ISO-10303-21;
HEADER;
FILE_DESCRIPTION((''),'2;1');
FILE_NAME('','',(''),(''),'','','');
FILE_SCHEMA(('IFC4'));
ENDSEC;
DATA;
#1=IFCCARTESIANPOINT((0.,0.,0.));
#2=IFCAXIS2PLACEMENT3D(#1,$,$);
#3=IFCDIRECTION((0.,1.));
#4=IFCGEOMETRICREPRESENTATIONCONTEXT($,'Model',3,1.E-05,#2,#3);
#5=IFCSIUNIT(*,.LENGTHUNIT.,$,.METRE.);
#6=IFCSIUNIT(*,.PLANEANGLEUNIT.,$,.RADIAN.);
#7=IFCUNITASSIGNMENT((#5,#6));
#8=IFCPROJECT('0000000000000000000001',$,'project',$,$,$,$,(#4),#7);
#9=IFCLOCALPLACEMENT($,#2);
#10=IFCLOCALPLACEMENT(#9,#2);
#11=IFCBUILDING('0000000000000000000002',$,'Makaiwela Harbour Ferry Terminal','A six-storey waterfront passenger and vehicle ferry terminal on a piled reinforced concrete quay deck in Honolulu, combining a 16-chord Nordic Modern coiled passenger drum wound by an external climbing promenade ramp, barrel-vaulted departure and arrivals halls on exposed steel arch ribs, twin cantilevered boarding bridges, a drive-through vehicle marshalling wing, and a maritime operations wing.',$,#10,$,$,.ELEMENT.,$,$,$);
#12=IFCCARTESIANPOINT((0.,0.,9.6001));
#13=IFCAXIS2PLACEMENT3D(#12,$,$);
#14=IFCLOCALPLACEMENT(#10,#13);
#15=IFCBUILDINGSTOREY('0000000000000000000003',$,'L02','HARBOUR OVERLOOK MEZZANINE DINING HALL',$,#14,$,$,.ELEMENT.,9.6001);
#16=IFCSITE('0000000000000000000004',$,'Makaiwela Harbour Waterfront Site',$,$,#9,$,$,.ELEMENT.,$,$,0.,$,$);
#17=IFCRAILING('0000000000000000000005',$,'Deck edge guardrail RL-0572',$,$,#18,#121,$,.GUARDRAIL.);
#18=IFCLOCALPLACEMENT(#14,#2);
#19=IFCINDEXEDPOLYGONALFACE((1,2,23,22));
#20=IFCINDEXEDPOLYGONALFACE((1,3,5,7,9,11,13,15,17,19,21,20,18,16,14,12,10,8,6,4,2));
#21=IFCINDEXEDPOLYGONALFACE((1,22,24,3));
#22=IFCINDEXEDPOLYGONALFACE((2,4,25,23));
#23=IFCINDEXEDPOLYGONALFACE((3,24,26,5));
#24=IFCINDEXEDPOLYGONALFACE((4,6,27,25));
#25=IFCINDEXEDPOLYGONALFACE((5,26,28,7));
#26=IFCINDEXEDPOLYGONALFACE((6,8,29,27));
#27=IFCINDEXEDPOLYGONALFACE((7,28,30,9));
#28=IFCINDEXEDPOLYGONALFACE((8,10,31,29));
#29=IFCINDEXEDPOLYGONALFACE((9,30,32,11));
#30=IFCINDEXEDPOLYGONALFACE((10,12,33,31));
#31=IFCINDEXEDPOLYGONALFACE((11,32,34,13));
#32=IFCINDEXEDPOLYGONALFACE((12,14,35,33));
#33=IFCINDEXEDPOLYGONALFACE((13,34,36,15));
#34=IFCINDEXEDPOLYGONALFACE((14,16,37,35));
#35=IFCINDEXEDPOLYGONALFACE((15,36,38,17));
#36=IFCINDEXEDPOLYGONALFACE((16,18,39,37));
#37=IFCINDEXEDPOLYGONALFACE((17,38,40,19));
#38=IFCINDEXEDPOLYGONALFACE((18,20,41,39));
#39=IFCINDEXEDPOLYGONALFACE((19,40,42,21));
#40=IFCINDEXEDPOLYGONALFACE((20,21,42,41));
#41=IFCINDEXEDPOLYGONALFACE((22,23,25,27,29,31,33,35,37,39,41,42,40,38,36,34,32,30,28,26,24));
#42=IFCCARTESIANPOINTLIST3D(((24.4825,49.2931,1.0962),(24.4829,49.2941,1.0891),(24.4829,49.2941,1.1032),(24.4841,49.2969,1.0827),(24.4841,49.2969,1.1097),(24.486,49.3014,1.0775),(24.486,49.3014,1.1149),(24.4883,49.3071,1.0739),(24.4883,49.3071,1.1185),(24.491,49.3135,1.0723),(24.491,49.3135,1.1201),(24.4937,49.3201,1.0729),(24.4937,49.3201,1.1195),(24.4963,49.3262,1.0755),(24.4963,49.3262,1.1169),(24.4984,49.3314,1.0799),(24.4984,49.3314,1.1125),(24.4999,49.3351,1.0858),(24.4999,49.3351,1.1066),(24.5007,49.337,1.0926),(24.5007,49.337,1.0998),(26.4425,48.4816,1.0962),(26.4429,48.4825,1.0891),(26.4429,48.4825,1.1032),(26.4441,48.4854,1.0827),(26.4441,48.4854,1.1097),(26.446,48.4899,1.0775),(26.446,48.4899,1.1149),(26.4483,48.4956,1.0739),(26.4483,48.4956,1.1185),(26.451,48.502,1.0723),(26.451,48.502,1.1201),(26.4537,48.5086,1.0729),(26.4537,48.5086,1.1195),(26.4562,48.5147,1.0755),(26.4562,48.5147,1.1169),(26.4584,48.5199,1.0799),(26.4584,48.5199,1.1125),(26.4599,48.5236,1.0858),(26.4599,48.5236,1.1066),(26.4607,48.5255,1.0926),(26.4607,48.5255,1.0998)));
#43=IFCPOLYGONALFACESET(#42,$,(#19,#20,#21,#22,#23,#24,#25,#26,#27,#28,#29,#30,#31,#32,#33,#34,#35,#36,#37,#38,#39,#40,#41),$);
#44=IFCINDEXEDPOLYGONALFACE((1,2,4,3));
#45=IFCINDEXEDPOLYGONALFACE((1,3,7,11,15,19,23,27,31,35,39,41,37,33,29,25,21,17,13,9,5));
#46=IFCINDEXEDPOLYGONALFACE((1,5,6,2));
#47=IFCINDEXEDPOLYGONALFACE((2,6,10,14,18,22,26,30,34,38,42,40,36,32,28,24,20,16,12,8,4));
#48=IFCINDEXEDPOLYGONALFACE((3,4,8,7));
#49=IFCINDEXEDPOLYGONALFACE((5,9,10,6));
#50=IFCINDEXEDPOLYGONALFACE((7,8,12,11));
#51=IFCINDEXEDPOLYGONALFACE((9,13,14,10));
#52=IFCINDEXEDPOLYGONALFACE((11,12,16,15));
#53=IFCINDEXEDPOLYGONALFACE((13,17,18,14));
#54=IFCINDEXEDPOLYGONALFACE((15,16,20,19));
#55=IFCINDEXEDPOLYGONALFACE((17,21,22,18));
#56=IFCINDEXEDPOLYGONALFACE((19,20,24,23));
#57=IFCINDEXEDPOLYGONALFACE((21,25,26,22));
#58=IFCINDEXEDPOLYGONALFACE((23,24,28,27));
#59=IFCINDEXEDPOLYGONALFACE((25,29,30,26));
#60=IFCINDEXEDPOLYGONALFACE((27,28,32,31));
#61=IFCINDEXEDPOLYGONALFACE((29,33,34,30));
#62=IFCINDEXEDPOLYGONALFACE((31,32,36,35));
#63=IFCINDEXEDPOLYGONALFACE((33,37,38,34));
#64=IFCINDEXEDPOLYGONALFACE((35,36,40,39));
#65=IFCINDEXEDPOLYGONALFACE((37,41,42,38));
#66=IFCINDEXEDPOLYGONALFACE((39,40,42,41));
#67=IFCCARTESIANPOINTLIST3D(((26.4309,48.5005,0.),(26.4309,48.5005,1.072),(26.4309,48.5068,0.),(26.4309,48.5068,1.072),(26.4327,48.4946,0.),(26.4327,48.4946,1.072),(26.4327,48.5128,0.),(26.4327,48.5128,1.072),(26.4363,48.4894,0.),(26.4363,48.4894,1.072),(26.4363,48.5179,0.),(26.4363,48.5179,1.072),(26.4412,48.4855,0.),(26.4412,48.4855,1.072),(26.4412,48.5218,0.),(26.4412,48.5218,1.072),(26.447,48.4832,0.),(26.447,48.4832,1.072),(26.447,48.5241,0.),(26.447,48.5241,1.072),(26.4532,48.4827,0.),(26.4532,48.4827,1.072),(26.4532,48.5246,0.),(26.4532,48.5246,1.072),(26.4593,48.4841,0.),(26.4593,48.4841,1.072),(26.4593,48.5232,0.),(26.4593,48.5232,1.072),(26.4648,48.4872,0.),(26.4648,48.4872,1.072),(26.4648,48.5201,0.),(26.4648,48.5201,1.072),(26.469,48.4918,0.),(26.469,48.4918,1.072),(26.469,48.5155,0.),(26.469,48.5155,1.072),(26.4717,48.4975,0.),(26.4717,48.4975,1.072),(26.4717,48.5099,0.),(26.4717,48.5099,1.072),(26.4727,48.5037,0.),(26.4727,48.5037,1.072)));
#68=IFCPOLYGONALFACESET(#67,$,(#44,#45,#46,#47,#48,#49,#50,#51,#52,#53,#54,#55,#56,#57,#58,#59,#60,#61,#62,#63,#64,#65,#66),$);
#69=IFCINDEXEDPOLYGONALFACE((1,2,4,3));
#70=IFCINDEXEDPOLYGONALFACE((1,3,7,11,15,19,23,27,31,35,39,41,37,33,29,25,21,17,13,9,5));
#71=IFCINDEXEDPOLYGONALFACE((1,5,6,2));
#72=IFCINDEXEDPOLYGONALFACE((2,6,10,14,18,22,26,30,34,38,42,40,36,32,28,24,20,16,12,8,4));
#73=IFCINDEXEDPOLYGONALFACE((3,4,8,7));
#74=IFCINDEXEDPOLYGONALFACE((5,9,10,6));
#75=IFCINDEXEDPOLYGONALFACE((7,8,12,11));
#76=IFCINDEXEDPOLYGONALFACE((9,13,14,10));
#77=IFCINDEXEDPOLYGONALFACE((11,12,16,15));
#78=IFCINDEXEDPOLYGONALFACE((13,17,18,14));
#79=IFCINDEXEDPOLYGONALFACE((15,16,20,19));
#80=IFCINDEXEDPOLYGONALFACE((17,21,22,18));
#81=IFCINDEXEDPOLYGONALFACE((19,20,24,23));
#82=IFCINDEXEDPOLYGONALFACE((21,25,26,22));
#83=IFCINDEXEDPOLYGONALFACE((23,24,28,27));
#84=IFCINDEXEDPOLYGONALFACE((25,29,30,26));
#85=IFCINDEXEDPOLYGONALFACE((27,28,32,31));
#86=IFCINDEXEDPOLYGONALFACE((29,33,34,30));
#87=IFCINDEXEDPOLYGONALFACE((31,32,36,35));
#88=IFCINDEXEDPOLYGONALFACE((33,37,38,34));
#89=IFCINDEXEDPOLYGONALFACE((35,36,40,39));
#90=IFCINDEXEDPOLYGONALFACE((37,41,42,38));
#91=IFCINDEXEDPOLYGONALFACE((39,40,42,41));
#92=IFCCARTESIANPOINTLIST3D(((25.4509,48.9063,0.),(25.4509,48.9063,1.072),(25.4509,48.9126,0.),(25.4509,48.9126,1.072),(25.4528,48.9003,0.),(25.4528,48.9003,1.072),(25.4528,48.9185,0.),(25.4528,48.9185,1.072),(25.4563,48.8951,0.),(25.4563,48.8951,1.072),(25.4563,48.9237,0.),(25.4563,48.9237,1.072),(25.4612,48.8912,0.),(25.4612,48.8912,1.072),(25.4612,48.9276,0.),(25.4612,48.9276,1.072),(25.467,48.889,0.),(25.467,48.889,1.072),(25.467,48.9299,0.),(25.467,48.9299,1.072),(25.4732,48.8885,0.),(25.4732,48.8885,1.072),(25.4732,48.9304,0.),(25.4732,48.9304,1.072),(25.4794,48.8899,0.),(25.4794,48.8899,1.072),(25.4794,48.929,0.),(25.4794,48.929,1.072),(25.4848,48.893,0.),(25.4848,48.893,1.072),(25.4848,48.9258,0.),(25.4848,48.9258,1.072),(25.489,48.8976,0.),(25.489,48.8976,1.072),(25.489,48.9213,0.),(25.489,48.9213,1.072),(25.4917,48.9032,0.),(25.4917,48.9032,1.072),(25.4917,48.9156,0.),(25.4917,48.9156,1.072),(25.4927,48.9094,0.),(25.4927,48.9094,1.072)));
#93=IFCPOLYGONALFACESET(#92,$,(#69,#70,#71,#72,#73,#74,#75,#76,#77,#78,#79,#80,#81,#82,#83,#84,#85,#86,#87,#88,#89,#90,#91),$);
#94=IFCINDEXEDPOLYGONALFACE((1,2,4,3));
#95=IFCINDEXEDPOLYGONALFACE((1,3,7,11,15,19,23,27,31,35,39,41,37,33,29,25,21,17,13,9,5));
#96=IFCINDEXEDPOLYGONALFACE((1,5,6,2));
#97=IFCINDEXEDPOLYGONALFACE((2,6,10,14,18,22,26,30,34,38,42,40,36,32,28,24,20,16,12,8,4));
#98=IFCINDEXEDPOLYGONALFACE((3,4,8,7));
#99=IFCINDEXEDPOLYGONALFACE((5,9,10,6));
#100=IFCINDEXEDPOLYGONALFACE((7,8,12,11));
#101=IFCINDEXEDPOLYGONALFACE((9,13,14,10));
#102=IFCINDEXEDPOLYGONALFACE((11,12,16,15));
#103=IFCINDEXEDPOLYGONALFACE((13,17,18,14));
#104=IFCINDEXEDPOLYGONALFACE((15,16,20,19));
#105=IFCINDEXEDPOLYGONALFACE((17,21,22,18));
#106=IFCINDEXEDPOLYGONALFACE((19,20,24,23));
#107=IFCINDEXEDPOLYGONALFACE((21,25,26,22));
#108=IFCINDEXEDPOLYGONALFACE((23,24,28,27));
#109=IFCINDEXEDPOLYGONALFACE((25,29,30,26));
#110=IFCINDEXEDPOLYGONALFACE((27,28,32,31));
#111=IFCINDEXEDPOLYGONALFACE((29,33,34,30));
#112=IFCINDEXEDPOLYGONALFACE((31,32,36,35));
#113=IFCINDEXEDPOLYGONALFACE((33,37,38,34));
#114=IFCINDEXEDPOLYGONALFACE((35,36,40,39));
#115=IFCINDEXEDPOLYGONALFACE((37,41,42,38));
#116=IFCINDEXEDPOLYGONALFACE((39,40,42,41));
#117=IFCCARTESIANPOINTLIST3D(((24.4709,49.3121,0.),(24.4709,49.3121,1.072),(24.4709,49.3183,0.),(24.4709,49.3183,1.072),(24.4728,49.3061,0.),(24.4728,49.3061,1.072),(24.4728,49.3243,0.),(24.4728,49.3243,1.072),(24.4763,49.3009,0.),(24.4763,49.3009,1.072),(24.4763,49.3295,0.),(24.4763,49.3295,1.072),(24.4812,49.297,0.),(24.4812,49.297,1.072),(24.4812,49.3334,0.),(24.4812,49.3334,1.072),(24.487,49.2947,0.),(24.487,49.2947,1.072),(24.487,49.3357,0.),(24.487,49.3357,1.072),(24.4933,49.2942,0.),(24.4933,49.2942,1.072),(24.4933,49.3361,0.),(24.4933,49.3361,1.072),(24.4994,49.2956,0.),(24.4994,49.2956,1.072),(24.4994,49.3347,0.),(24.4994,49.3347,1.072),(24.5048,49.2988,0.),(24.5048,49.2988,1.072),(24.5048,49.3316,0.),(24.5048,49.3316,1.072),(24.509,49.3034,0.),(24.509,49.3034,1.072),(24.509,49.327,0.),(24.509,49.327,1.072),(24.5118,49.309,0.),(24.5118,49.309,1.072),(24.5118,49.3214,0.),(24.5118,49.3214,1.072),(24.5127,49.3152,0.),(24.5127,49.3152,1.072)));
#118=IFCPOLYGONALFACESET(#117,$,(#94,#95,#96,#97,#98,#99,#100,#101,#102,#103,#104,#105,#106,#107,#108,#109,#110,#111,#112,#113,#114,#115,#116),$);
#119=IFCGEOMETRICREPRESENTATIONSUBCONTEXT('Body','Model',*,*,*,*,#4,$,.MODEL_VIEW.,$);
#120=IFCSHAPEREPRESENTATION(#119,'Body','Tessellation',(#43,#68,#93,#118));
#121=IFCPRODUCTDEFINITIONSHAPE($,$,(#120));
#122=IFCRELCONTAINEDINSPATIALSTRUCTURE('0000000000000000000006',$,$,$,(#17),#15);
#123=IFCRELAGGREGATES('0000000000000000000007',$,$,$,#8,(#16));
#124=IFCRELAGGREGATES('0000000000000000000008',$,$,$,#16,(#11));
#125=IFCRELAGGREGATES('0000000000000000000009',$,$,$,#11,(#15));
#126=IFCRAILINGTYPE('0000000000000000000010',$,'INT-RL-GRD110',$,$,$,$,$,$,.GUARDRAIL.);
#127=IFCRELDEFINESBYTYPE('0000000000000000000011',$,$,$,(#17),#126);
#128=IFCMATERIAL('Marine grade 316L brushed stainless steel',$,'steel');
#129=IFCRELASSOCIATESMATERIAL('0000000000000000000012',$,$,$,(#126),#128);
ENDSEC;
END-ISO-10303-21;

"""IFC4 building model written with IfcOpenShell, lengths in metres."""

from ifc_helpers import new_model, si_unit, direction, frame, origin, origin_2d, place, context, subcontext, project, spatial, circle, extrude, material, type_object, element, save


model = new_model("IFC4")

# Units and contexts
model_context = context("Model", 3, precision=1e-05, world=origin(), true_north=direction((0.0, 1.0)))
body_context = subcontext(model_context, "Body", "Model", "MODEL_VIEW")
ifc_project = project(units=[si_unit("LENGTHUNIT", "METRE"), si_unit("PLANEANGLEUNIT", "RADIAN")], contexts=[model_context])

# Site, building, storey
site_placement = place(None, origin())
site = spatial("IfcSite", under=ifc_project, at=site_placement, Name="Makaiwela Harbour Waterfront Site", CompositionType="ELEMENT", RefElevation=0.0)
building_placement = place(site_placement, origin())
building = spatial("IfcBuilding", under=site, at=building_placement, Name="Makaiwela Harbour Ferry Terminal", Description="A six-storey waterfront passenger and vehicle ferry terminal on a piled reinforced concrete quay deck in Honolulu, combining a 16-chord Nordic Modern coiled passenger drum wound by an external climbing promenade ramp, barrel-vaulted departure and arrivals halls on exposed steel arch ribs, twin cantilevered boarding bridges, a drive-through vehicle marshalling wing, and a maritime operations wing.", CompositionType="ELEMENT")
storey_placement = place(building_placement, frame((0.0, 0.0, 9.6001)))
storey = spatial("IfcBuildingStorey", under=building, at=storey_placement, Name="L02", Description="HARBOUR OVERLOOK MEZZANINE DINING HALL", CompositionType="ELEMENT", Elevation=9.6001)

# Railing
ifc_material_1 = material(Name="Marine grade 316L brushed stainless steel", Category="steel")
railing_type = type_object("IfcRailingType", Name="INT-RL-GRD110", PredefinedType="GUARDRAIL", material=ifc_material_1)
railing_1_placement = place(storey_placement, frame((26.4517, 48.5037, 0.0)))
element("IfcRailing", 1, at=railing_1_placement, inside=storey, type_object=railing_type, Name="Deck edge guardrail RL-0572", PredefinedType="GUARDRAIL", context=body_context, shape_type="SweptSolid", body=[
    extrude(circle(Radius=0.0239, at=origin_2d()), frame((0.0, 0.0, 1.0962), z_axis=(-0.923933, 0.382555, 0.0), x_axis=(-0.382555, -0.923933, 0.0)), (0.0, 0.0, 1.0), 2.1213),
    extrude(circle(Radius=0.021, at=origin_2d()), origin(), (0.0, 0.0, 1.0), 1.072),
    extrude(circle(Radius=0.021, at=origin_2d()), frame((-0.98, 0.4058, 0.0)), (0.0, 0.0, 1.0), 1.072),
    extrude(circle(Radius=0.021, at=origin_2d()), frame((-1.96, 0.8115, 0.0)), (0.0, 0.0, 1.0), 1.072),
])

save(model, "model.ifc")
